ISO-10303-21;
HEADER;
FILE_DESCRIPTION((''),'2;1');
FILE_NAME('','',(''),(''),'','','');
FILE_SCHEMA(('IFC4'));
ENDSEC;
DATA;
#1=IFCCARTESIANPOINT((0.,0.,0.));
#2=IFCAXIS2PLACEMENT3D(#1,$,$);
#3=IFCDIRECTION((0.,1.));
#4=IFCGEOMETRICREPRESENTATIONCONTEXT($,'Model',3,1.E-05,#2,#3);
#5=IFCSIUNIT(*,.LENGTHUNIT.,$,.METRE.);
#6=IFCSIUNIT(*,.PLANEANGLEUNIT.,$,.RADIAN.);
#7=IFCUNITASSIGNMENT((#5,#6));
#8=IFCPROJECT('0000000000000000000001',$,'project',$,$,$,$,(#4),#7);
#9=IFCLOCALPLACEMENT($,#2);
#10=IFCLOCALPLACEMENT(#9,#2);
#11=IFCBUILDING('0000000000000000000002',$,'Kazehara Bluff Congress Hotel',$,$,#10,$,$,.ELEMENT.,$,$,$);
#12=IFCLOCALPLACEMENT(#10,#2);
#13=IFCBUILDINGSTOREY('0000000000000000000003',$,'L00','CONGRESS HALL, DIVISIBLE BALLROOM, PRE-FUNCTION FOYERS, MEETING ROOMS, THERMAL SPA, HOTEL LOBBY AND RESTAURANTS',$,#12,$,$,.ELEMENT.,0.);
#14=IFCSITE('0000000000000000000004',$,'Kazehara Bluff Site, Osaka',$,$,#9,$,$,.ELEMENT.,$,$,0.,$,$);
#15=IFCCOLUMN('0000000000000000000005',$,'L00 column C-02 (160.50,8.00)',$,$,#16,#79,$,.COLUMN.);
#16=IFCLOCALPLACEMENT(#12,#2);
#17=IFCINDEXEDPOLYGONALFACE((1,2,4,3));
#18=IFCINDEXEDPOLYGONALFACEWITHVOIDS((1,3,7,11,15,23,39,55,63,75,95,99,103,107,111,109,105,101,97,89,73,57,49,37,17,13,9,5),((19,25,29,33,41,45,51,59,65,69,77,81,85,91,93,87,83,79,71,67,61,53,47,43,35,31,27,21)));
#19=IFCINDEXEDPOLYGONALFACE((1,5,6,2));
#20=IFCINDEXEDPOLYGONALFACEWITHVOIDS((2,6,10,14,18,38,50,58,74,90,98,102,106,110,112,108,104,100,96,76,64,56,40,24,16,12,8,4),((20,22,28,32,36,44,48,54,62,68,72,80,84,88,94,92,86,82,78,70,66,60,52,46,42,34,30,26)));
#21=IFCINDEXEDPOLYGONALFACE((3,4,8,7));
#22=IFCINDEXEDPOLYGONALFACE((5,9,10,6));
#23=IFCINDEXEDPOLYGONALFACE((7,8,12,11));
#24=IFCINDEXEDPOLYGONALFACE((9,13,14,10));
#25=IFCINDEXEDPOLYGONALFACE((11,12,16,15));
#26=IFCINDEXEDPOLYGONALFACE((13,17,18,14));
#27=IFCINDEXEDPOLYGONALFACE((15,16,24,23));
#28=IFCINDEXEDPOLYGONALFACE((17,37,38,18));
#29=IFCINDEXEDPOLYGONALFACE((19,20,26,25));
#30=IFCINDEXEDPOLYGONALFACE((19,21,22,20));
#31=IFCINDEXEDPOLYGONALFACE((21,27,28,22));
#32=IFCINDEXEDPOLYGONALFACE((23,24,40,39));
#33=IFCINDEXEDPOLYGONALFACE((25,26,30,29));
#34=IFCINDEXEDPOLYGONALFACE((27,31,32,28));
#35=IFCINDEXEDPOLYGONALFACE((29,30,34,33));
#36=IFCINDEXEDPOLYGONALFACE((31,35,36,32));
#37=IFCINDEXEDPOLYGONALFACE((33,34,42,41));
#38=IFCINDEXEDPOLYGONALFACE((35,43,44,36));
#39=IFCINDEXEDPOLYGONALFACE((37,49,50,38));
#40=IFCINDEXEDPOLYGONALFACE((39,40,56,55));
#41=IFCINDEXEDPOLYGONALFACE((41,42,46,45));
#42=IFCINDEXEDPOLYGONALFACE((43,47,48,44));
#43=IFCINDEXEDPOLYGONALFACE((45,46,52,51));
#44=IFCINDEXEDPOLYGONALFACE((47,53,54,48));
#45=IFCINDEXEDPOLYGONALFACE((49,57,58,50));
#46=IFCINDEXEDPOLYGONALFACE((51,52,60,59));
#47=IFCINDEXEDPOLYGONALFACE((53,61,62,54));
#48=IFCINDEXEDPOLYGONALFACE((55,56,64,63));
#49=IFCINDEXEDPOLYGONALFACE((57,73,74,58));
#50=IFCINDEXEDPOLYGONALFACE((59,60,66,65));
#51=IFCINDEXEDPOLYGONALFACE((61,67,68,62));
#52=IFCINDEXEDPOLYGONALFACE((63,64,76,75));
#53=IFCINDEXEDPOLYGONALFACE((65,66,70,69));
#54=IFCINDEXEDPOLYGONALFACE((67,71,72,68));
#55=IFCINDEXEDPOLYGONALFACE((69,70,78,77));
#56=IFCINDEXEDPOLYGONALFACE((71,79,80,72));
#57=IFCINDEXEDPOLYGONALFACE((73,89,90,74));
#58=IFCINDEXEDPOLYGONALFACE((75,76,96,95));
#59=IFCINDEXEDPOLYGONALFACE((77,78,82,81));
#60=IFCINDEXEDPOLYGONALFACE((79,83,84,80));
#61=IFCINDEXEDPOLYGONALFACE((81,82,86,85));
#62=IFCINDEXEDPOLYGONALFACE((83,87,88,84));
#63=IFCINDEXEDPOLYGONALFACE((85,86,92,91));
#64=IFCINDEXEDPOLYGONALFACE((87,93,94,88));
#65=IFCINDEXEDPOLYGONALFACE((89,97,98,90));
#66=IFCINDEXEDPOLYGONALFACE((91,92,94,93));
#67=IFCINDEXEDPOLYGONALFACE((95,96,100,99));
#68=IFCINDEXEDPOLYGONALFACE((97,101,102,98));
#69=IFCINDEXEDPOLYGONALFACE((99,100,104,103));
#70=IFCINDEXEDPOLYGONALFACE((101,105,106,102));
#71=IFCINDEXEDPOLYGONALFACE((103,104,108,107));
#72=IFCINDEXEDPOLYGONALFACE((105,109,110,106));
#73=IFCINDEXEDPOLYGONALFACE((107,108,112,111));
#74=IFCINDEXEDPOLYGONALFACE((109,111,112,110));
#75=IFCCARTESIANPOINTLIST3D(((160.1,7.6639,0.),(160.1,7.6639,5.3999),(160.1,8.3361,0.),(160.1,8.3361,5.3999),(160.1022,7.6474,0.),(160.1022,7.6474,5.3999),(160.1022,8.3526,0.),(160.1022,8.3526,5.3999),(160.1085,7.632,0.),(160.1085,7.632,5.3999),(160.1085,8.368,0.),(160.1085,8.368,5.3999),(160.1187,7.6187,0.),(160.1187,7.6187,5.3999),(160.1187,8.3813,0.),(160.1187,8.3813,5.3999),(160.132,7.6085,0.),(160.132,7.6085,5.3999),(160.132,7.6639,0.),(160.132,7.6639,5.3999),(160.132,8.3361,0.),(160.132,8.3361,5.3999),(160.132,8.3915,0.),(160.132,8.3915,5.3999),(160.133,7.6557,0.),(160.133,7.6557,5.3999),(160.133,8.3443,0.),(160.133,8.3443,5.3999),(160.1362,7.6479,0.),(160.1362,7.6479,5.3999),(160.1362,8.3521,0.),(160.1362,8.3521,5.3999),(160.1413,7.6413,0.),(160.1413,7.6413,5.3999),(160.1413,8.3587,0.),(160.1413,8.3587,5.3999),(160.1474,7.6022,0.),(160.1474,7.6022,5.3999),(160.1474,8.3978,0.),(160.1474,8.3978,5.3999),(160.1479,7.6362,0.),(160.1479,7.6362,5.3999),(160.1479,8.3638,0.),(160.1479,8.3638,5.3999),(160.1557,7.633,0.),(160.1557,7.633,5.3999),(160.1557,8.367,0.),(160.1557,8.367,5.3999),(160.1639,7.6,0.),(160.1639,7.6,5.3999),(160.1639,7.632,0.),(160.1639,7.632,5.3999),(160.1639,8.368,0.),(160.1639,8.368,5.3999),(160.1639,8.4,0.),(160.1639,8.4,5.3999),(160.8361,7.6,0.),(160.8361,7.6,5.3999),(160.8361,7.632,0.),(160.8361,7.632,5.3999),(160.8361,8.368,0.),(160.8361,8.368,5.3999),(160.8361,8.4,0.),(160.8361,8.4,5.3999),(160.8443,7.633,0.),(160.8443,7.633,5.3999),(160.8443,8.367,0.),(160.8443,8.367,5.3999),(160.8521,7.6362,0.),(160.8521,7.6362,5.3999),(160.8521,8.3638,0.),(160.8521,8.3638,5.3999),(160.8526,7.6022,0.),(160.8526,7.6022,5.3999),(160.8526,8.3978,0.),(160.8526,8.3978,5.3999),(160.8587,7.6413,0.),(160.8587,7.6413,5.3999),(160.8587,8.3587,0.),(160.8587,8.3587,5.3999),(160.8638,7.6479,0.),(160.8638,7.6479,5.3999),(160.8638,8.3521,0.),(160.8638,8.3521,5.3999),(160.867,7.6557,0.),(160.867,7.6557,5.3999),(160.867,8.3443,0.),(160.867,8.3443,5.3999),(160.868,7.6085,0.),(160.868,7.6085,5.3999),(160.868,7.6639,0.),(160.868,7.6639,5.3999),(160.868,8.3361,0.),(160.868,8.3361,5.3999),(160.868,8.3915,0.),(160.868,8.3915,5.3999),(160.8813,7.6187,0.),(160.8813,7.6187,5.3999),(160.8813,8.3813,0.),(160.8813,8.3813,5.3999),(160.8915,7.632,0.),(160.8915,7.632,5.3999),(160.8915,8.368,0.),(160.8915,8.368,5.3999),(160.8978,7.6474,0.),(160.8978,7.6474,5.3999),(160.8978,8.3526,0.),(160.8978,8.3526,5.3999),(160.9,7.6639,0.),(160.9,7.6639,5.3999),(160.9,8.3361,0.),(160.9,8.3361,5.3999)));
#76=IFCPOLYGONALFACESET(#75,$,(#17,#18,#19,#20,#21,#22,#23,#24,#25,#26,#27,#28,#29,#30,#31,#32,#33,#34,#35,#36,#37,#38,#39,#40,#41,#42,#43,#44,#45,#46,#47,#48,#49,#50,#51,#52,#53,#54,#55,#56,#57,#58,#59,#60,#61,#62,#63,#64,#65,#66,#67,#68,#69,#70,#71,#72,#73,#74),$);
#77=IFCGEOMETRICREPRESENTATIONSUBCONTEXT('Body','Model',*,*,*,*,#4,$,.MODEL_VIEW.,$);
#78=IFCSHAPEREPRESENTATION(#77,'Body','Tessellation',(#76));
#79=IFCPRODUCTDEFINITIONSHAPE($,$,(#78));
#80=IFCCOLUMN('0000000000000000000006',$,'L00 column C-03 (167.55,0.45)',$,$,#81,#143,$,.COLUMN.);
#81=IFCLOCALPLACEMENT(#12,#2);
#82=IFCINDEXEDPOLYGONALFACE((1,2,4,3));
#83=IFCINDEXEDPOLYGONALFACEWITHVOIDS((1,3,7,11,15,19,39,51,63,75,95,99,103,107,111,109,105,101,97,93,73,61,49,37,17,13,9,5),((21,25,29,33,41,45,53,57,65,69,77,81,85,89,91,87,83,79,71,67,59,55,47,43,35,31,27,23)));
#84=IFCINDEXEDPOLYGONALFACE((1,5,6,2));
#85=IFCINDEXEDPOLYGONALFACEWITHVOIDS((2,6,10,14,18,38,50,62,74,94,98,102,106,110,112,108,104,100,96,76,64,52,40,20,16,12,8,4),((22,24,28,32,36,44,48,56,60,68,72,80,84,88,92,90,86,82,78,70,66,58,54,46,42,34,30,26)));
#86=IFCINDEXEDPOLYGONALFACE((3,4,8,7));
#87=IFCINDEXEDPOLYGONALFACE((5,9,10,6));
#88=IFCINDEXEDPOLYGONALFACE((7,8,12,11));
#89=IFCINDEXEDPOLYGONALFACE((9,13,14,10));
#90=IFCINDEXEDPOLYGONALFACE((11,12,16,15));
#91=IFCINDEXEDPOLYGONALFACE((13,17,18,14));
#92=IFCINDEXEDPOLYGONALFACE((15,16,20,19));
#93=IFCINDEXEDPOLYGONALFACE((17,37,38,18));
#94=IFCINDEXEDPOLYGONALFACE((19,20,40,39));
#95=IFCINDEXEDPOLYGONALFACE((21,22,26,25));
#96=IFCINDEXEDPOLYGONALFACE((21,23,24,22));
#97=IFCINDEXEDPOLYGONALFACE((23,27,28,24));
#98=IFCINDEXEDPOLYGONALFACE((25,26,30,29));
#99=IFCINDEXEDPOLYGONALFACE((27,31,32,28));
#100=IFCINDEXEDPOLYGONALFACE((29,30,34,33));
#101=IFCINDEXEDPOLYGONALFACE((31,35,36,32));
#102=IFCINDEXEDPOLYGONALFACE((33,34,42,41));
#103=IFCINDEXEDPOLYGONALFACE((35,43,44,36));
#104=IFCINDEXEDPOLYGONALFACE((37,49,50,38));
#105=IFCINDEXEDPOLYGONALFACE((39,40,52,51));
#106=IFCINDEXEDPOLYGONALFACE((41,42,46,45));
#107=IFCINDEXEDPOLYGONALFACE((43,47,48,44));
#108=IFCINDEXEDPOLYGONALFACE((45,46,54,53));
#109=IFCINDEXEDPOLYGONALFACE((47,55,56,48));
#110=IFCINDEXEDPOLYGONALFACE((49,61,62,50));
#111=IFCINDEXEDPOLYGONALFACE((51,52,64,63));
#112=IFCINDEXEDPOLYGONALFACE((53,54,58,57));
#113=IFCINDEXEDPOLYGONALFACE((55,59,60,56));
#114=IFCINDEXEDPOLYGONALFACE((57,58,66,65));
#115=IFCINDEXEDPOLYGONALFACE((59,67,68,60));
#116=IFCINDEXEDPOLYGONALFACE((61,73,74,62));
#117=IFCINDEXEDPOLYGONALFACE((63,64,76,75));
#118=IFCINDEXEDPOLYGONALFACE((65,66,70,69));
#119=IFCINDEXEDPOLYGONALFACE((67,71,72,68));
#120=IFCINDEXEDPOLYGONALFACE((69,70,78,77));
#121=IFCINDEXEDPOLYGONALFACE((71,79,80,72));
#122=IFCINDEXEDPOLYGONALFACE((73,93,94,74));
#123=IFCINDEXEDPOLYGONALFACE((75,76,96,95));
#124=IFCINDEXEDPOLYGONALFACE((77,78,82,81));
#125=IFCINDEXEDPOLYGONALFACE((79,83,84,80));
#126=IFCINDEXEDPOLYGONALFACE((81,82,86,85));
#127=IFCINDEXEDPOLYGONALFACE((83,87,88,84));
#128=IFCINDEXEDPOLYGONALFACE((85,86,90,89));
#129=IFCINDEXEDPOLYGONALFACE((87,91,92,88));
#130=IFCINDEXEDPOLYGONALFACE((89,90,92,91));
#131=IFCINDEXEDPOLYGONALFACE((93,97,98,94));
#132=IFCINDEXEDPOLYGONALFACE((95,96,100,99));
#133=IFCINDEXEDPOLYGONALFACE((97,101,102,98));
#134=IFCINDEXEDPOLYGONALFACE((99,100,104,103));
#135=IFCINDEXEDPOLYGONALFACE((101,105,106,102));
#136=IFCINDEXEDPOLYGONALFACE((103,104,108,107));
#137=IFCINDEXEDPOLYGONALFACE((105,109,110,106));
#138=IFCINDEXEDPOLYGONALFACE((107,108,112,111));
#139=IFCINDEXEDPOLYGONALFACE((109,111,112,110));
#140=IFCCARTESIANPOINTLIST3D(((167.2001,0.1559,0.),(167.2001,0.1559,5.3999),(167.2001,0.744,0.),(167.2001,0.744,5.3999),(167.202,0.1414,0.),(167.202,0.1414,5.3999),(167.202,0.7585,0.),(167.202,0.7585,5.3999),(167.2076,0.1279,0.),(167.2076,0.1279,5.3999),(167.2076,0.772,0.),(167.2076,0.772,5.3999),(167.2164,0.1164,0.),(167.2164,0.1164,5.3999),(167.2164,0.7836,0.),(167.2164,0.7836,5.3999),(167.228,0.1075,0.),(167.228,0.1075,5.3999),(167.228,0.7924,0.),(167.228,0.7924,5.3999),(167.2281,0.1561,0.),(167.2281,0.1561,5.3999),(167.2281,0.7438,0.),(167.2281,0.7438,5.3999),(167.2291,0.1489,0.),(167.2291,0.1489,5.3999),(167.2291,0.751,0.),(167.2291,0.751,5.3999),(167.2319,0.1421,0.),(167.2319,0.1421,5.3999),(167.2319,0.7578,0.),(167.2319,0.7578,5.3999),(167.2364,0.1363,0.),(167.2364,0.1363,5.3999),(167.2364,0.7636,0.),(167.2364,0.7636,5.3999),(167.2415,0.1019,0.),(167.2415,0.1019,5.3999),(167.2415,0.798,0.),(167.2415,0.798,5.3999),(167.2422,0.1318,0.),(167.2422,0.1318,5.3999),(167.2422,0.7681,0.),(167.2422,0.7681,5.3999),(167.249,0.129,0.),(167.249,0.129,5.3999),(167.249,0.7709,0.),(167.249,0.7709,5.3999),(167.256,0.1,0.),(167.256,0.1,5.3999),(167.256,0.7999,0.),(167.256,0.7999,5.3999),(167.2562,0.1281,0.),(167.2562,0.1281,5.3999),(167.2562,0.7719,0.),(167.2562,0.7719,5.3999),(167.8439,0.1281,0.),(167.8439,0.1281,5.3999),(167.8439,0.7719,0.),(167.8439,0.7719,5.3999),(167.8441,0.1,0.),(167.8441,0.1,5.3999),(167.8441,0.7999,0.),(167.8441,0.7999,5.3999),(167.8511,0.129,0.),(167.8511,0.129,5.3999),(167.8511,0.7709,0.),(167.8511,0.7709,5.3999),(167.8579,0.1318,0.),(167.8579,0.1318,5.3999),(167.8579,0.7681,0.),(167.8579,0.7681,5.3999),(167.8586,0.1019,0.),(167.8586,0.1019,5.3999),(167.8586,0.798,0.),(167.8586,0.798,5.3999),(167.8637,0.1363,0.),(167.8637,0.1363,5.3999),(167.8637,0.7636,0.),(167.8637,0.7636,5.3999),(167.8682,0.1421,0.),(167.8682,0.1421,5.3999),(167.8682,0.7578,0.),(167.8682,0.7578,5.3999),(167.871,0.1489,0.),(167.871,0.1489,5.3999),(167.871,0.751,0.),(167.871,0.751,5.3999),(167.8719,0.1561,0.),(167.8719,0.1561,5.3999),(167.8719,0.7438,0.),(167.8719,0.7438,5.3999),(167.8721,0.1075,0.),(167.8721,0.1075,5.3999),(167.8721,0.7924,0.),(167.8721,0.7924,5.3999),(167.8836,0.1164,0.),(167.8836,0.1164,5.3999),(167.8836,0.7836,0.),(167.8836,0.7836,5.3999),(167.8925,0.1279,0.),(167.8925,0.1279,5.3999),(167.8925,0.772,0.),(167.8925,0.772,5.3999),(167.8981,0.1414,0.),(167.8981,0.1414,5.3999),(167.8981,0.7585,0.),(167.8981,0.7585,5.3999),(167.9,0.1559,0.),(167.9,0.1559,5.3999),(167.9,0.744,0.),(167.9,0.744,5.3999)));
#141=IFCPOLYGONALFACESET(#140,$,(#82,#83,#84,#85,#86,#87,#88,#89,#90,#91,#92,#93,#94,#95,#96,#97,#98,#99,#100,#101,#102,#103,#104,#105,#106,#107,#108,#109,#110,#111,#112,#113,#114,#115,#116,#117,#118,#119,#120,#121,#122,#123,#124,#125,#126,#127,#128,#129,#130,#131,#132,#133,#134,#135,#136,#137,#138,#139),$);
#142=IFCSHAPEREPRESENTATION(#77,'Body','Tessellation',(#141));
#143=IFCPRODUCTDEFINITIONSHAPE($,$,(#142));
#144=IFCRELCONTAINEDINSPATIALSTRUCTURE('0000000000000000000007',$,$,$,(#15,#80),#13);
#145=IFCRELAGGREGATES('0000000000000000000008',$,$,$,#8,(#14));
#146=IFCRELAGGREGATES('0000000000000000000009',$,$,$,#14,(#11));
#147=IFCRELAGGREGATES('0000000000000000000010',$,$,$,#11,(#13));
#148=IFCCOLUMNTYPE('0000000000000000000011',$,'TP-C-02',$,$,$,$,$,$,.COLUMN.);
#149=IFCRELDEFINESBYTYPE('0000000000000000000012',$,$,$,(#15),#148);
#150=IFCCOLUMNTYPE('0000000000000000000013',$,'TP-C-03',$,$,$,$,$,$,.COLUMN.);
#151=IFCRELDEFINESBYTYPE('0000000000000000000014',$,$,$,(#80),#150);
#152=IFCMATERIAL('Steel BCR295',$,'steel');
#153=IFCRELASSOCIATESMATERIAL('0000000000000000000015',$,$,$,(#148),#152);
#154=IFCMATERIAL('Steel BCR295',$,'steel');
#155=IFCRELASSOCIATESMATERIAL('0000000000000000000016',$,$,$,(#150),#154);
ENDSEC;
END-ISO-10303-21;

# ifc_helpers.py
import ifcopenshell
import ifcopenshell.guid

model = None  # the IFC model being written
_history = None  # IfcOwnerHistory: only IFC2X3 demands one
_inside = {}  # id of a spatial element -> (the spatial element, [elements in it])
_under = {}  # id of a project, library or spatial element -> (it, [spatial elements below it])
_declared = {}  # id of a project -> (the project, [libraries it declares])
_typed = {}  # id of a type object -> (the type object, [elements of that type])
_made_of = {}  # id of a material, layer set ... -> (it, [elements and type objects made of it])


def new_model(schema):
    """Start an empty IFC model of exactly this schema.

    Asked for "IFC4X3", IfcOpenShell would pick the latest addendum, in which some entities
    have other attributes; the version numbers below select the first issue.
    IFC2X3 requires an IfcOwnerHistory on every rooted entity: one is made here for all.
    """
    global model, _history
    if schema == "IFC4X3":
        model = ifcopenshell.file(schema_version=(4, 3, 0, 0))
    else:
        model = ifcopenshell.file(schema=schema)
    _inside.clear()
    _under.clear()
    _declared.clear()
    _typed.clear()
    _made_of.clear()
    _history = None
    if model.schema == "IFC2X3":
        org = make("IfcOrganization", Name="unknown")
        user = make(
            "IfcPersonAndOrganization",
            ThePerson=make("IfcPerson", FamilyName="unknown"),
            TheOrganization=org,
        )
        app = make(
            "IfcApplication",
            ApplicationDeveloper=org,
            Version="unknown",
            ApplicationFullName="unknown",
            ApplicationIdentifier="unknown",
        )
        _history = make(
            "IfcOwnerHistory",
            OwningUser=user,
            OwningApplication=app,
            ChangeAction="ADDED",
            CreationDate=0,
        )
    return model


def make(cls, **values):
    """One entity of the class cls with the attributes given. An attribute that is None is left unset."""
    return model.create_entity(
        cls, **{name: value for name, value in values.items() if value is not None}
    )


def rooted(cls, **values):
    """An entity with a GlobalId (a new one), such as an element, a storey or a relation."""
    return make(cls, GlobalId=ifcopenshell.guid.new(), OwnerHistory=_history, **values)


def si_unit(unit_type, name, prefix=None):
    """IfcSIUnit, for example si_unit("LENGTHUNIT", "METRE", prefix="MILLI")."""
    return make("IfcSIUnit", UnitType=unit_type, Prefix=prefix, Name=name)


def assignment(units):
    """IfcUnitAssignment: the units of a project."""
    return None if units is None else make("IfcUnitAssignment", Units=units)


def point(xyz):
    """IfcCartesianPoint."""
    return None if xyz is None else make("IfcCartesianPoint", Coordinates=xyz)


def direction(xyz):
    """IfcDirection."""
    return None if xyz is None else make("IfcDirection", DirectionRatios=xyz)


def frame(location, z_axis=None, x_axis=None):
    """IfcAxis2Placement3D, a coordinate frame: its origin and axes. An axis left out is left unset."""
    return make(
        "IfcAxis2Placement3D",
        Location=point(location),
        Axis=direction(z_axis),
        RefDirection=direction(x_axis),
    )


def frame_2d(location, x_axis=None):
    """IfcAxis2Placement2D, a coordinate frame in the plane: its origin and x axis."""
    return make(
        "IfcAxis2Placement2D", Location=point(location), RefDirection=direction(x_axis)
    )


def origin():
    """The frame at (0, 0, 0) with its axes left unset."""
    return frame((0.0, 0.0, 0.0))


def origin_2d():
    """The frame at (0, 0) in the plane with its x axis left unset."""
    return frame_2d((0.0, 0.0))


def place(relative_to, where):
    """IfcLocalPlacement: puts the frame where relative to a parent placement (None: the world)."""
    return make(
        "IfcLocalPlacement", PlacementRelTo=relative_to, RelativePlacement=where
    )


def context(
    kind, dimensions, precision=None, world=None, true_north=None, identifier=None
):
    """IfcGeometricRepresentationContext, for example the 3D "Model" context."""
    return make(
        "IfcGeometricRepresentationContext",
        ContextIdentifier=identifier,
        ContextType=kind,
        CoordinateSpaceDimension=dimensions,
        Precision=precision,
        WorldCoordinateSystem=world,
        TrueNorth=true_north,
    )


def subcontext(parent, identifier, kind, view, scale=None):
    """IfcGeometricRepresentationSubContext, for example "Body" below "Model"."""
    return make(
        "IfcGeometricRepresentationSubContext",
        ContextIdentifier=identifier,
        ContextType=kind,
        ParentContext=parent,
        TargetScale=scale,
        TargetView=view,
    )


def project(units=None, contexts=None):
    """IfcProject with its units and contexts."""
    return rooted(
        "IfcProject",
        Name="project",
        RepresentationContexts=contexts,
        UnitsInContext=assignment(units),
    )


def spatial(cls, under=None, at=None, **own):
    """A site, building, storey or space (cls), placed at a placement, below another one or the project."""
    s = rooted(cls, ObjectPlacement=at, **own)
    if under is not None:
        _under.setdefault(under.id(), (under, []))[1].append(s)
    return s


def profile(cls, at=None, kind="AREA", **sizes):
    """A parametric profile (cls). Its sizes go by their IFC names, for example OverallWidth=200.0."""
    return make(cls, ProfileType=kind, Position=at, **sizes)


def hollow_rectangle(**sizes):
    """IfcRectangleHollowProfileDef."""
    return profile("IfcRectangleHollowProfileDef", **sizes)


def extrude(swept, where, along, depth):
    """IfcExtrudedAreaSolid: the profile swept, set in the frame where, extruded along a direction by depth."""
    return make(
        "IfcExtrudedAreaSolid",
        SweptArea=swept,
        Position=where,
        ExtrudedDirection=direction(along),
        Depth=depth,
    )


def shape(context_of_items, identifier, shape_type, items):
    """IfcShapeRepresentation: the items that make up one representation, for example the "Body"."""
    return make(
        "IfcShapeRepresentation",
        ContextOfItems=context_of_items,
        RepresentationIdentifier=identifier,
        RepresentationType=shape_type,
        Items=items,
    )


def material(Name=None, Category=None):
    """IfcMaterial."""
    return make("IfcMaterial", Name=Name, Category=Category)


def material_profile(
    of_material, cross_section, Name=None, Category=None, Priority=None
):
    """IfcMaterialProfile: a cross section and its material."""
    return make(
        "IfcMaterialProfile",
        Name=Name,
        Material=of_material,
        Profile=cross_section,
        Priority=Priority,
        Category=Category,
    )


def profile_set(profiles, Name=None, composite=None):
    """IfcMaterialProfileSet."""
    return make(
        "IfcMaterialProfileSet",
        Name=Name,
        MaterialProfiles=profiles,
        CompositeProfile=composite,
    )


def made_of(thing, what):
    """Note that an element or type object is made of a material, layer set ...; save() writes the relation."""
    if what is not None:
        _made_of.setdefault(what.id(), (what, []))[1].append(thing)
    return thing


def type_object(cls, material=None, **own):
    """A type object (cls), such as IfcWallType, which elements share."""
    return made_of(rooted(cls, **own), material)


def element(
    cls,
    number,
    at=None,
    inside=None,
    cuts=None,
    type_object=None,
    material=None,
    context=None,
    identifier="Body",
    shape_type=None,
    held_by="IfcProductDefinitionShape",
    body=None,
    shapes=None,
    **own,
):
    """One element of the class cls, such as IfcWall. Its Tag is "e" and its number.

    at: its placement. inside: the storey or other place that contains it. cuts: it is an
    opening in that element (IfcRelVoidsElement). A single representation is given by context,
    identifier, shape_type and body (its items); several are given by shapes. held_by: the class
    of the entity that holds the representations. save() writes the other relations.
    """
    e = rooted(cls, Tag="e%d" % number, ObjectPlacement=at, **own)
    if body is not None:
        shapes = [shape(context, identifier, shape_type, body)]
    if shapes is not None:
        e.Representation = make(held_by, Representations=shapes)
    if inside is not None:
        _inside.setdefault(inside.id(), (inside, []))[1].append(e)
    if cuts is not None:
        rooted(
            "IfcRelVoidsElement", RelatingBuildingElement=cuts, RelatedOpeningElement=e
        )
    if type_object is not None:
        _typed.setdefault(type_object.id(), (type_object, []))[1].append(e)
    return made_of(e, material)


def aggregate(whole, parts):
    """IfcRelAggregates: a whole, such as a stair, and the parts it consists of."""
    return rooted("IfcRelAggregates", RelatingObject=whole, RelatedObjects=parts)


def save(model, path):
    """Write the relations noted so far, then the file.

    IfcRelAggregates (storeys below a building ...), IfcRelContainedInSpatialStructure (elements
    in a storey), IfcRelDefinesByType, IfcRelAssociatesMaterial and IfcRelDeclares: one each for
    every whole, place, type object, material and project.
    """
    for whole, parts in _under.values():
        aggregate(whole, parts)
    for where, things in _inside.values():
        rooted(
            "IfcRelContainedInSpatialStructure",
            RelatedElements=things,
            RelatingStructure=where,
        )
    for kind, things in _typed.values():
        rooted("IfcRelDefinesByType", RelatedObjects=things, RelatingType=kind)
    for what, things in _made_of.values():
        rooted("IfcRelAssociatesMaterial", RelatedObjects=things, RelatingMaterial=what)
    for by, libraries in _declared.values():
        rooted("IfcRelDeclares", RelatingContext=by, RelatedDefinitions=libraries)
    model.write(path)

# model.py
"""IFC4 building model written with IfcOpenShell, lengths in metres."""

from ifc_helpers import new_model, si_unit, direction, frame, origin, origin_2d, place, context, subcontext, project, spatial, hollow_rectangle, extrude, material, material_profile, profile_set, type_object, element, save


model = new_model("IFC4")

# Units and contexts
model_context = context("Model", 3, precision=1e-05, world=origin(), true_north=direction((0.0, 1.0)))
body_context = subcontext(model_context, "Body", "Model", "MODEL_VIEW")
ifc_project = project(units=[si_unit("LENGTHUNIT", "METRE"), si_unit("PLANEANGLEUNIT", "RADIAN")], contexts=[model_context])

# Site, building, storey
site_placement = place(None, origin())
site = spatial("IfcSite", under=ifc_project, at=site_placement, Name="Kazehara Bluff Site, Osaka", CompositionType="ELEMENT", RefElevation=0.0)
building_placement = place(site_placement, origin())
building = spatial("IfcBuilding", under=site, at=building_placement, Name="Kazehara Bluff Congress Hotel", CompositionType="ELEMENT")
storey_placement = place(building_placement, origin())
storey = spatial("IfcBuildingStorey", under=building, at=storey_placement, Name="L00", Description="CONGRESS HALL, DIVISIBLE BALLROOM, PRE-FUNCTION FOYERS, MEETING ROOMS, THERMAL SPA, HOTEL LOBBY AND RESTAURANTS", CompositionType="ELEMENT", Elevation=0.0)

# Columns
ifc_material_1 = material(Name="Steel BCR295", Category="steel")
ifc_material_profile_1 = material_profile(ifc_material_1, hollow_rectangle(XDim=0.8, YDim=0.8, WallThickness=0.032, InnerFilletRadius=0.032, OuterFilletRadius=0.064, at=origin_2d()))
ifc_profile_set_1 = profile_set([ifc_material_profile_1], Name="Steel BCR295")
column_type_1 = type_object("IfcColumnType", Name="TP-C-02", PredefinedType="COLUMN", material=ifc_profile_set_1)
column_placement = place(storey_placement, frame((160.5, 8.0, 0.0), z_axis=(0.0, 0.0, 1.0), x_axis=(1.0, 0.0, 0.0)))
element("IfcColumn", 1, at=column_placement, inside=storey, type_object=column_type_1, Name="L00 column C-02 (160.50,8.00)", PredefinedType="COLUMN", context=body_context, shape_type="SweptSolid", body=[
    extrude(hollow_rectangle(XDim=0.8, YDim=0.8, WallThickness=0.032, InnerFilletRadius=0.032, OuterFilletRadius=0.064, at=origin_2d()), origin(), (0.0, 0.0, 1.0), 5.3999),
])
ifc_material_2 = material(Name="Steel BCR295", Category="steel")
ifc_material_profile_2 = material_profile(ifc_material_2, hollow_rectangle(XDim=0.7, YDim=0.7, WallThickness=0.0281, InnerFilletRadius=0.0281, OuterFilletRadius=0.0559, at=origin_2d()))
ifc_profile_set_2 = profile_set([ifc_material_profile_2], Name="Steel BCR295")
column_type_2 = type_object("IfcColumnType", Name="TP-C-03", PredefinedType="COLUMN", material=ifc_profile_set_2)
for number, where, z_axis, x_axis, name in (
    (2, (167.55, 0.45, 0.0), (0.0, 0.0, 1.0), (1.0, 0.0, 0.0), "L00 column C-03 (167.55,0.45)"),
):
    element("IfcColumn", number, at=place(storey_placement, frame(where, z_axis=z_axis, x_axis=x_axis)), inside=storey, type_object=column_type_2, Name=name, PredefinedType="COLUMN", context=body_context, shape_type="SweptSolid", body=[
        extrude(hollow_rectangle(XDim=0.7, YDim=0.7, WallThickness=0.0281, InnerFilletRadius=0.0281, OuterFilletRadius=0.0559, at=origin_2d()), origin(), (0.0, 0.0, 1.0), 5.3999),
    ])

save(model, "model.ifc")
